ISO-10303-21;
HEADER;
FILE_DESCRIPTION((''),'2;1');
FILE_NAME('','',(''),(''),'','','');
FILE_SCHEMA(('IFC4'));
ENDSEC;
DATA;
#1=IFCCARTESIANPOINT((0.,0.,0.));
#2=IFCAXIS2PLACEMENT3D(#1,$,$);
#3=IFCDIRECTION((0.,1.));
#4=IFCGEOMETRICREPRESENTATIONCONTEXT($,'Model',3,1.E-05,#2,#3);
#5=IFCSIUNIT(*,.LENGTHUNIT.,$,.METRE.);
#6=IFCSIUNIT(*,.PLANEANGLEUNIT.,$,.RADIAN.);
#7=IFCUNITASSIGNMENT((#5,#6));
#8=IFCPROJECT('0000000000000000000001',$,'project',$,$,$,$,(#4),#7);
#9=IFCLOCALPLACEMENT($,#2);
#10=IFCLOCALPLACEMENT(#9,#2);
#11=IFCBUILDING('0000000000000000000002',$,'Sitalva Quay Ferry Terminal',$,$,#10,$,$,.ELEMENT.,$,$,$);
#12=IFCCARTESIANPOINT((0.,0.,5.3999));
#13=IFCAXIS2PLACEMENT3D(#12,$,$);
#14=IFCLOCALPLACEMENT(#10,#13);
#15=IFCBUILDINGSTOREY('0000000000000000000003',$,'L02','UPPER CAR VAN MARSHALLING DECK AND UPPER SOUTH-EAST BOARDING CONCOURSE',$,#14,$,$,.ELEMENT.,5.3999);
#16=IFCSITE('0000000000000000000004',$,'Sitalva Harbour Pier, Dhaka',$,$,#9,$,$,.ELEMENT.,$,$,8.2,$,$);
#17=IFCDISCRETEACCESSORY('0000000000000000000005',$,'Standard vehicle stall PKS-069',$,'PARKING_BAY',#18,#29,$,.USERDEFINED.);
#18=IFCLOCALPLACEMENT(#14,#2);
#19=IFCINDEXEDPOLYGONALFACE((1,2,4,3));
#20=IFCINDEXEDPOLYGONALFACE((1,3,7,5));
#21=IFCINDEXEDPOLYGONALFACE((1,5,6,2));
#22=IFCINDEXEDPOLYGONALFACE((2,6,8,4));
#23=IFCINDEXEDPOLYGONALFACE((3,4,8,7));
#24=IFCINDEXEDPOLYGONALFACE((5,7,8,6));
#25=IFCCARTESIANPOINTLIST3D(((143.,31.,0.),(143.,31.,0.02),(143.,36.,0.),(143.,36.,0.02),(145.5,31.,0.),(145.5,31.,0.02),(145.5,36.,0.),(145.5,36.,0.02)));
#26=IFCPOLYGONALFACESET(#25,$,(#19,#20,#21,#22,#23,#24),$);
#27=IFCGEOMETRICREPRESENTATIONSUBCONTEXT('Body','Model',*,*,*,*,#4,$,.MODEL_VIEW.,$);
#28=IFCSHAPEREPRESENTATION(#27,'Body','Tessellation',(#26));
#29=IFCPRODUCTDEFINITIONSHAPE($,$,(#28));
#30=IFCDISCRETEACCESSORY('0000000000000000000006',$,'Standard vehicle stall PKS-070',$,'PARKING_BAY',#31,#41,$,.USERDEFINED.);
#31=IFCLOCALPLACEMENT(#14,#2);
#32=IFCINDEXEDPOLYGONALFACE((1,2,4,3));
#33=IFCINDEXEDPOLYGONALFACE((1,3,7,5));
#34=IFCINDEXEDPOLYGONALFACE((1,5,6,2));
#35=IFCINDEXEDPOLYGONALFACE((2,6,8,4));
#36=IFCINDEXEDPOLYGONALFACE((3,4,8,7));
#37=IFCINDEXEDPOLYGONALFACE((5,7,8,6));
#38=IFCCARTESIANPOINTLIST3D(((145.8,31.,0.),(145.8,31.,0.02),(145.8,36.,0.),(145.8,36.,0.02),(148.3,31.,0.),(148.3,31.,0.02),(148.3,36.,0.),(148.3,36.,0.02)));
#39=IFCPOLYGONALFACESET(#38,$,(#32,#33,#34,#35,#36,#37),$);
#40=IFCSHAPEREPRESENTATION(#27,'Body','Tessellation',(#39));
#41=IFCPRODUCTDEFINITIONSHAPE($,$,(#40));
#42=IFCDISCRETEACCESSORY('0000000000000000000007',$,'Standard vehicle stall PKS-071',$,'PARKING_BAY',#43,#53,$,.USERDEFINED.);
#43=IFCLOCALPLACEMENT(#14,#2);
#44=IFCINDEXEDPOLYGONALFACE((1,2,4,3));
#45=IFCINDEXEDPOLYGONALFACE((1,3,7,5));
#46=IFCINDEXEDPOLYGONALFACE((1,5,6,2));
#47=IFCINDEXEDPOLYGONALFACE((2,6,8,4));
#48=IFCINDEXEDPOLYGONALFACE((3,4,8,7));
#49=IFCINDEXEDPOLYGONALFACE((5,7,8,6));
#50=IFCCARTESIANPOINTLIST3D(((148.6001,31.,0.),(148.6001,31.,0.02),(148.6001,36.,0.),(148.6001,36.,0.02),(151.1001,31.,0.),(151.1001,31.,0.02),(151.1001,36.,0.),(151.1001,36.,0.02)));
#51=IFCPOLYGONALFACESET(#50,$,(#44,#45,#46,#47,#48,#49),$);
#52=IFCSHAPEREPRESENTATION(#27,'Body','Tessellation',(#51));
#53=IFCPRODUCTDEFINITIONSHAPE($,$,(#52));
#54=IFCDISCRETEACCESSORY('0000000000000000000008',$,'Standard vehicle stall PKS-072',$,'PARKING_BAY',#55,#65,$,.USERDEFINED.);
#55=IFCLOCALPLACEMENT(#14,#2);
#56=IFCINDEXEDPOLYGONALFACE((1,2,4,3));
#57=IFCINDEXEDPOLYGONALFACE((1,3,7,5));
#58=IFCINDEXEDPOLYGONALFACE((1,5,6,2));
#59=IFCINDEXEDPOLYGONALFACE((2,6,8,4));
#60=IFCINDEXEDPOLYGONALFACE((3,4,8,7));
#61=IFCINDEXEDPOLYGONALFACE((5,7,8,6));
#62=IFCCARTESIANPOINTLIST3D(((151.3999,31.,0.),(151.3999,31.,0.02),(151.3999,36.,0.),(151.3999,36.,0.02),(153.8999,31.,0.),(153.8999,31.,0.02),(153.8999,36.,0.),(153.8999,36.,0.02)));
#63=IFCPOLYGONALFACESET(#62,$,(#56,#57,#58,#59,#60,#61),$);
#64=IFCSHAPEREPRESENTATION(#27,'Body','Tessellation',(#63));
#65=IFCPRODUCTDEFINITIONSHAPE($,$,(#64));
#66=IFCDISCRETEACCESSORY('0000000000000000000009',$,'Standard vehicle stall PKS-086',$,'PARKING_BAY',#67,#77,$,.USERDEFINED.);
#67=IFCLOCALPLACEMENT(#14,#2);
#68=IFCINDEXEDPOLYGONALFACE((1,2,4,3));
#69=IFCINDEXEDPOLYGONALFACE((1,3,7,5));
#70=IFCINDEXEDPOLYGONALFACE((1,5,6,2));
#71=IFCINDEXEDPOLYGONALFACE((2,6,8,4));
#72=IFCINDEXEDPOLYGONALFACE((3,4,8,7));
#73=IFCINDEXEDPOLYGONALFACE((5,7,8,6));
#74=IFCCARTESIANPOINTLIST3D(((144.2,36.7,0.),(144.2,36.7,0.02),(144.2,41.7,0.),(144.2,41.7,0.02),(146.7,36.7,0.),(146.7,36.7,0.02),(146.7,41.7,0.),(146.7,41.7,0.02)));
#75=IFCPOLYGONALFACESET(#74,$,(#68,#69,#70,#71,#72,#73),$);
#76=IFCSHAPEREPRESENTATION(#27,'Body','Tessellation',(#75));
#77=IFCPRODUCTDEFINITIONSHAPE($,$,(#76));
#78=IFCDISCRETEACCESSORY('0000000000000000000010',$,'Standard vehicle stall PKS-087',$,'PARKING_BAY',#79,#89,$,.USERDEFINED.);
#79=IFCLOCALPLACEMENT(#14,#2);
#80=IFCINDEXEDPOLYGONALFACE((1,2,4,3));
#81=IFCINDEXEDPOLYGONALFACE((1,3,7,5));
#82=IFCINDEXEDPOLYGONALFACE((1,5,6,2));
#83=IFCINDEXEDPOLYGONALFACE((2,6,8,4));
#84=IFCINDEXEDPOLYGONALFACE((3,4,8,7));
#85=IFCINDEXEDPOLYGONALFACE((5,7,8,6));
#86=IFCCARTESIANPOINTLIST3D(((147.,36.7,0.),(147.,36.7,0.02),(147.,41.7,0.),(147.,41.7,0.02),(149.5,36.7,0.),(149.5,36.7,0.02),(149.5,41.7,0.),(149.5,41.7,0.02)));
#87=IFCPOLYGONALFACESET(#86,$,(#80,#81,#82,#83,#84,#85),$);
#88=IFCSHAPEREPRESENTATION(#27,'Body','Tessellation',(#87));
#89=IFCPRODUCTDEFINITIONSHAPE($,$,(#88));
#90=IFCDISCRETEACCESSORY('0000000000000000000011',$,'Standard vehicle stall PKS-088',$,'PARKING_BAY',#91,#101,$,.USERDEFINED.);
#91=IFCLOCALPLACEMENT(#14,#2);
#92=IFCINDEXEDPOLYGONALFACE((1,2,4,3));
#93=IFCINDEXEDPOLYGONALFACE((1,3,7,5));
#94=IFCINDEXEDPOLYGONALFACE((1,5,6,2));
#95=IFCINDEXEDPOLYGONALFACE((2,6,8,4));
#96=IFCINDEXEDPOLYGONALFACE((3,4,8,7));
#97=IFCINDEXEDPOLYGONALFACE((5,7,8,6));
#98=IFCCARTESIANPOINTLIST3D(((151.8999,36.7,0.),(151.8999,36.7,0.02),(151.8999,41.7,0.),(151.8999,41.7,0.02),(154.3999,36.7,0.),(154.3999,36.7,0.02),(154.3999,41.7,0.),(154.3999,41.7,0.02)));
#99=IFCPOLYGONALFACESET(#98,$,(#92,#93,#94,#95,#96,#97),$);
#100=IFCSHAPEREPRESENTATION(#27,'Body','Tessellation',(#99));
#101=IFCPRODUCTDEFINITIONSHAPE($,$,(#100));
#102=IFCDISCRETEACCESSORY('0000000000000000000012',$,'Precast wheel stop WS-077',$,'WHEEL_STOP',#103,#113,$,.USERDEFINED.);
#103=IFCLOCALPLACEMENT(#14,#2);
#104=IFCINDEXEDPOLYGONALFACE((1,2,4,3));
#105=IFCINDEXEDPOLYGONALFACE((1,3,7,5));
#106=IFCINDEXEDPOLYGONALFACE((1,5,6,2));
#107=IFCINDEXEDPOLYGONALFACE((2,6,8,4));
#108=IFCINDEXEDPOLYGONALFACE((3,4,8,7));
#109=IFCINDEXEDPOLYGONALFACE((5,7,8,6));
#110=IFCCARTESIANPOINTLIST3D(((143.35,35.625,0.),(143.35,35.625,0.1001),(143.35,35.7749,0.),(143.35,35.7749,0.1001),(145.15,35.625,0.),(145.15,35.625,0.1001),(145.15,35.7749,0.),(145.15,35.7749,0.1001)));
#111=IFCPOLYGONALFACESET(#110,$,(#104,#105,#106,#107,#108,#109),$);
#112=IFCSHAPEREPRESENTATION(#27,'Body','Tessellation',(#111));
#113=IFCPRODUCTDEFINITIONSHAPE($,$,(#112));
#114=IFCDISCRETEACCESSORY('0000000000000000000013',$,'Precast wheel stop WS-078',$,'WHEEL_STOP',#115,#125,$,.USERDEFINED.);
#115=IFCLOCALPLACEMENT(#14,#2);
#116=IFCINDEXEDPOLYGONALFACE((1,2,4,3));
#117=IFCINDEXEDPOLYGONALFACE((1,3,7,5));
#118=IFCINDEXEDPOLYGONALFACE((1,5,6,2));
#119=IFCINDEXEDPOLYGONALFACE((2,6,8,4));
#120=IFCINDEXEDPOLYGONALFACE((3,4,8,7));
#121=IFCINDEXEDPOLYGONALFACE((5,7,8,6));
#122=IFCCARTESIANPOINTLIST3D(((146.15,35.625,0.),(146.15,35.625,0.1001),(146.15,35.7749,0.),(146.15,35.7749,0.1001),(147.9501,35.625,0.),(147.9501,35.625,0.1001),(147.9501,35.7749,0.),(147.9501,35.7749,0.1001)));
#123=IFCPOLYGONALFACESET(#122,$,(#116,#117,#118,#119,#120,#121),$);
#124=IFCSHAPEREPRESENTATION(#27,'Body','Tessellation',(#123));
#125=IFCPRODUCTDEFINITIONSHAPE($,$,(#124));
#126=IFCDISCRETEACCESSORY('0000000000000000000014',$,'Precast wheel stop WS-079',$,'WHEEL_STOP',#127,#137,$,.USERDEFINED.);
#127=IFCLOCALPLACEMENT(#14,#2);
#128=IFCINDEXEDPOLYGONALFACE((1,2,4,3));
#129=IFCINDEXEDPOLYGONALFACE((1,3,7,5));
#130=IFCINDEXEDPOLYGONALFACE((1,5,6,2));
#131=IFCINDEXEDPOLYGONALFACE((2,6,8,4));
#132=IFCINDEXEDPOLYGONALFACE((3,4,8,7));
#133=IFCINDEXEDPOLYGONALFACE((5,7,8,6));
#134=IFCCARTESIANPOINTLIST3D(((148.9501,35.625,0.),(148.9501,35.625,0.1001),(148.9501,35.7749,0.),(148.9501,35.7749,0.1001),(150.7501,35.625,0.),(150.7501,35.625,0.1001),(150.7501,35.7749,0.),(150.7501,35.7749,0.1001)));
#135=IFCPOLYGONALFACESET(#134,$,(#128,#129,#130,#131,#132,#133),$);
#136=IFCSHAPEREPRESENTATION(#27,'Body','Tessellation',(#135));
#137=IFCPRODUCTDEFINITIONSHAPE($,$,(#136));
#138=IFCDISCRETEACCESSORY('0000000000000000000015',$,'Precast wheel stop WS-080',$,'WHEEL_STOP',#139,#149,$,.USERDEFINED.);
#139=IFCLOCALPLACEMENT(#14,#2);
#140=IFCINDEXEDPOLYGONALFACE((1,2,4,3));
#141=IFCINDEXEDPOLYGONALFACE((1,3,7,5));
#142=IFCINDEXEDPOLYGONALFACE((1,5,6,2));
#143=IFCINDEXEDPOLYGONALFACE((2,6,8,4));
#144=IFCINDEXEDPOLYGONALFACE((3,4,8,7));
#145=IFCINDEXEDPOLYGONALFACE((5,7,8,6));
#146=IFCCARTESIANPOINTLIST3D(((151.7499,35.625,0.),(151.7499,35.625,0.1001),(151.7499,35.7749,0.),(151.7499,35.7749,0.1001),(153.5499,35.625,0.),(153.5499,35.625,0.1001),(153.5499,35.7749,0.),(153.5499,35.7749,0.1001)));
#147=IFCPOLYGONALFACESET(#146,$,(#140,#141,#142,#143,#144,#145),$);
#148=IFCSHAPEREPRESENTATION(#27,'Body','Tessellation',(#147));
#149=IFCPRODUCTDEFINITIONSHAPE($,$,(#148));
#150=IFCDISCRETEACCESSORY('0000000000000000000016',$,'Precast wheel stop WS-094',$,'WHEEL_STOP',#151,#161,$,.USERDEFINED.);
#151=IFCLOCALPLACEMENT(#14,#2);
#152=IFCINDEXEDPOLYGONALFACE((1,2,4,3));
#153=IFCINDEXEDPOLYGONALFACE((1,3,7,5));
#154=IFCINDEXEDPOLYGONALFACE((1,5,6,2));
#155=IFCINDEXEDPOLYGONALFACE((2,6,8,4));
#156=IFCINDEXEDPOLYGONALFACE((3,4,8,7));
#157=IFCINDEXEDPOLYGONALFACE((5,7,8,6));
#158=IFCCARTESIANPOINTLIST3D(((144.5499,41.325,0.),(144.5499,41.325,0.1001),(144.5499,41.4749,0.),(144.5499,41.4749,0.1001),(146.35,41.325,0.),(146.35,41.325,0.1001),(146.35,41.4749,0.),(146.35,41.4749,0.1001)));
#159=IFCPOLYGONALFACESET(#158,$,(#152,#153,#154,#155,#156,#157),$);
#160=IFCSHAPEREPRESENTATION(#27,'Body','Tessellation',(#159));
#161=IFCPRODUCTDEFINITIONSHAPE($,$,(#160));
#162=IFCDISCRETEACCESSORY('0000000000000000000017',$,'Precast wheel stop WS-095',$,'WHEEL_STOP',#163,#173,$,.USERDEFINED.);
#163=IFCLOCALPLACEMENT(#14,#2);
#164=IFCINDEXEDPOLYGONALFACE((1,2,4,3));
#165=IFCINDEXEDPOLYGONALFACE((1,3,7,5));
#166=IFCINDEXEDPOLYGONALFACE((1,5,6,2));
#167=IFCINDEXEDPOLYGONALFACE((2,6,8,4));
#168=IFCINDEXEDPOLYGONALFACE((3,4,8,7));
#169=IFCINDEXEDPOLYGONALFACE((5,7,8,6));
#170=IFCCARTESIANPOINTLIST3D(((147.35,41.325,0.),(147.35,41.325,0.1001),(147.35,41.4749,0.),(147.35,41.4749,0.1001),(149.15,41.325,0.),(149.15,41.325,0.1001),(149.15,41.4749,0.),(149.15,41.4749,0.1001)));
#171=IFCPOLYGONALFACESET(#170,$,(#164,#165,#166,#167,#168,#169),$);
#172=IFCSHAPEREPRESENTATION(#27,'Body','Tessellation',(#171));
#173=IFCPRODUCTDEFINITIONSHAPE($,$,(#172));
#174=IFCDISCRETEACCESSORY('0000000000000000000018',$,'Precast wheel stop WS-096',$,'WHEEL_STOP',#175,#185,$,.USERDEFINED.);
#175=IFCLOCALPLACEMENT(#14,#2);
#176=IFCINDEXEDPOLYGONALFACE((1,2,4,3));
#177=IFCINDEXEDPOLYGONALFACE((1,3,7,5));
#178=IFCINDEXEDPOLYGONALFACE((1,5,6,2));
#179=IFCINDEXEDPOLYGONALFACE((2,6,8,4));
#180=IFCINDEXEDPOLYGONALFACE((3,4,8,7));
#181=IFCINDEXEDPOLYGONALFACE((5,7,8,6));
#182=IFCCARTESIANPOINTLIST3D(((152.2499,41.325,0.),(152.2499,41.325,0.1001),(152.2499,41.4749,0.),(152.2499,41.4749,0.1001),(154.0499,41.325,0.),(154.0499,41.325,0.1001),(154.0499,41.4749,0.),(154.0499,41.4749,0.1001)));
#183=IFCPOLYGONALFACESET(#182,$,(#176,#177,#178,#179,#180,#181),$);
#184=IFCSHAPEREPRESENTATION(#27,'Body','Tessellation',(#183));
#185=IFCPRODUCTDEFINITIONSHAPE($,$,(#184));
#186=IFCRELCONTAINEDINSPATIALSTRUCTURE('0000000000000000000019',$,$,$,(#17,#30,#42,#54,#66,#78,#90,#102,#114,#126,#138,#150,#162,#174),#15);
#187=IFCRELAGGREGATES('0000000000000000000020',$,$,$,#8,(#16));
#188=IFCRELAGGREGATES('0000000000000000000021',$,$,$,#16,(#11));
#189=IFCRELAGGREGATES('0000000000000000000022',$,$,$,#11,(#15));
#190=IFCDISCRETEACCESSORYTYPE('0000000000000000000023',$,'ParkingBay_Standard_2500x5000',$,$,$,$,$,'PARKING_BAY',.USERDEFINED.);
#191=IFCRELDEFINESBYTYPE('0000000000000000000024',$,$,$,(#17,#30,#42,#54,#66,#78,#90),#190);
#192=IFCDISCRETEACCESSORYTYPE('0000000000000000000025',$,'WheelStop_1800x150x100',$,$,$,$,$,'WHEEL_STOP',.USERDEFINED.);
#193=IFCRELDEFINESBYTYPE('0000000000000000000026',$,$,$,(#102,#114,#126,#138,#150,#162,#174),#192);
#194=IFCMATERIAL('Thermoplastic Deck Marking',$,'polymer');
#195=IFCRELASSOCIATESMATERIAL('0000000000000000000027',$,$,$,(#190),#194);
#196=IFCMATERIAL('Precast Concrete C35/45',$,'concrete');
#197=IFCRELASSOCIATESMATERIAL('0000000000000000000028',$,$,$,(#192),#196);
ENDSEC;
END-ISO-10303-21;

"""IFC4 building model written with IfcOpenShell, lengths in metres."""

from ifc_helpers import new_model, si_unit, direction, frame, origin, origin_2d, place, context, subcontext, project, spatial, rectangle, extrude, material, type_object, element, save


model = new_model("IFC4")

# Units and contexts
model_context = context("Model", 3, precision=1e-05, world=origin(), true_north=direction((0.0, 1.0)))
body_context = subcontext(model_context, "Body", "Model", "MODEL_VIEW")
ifc_project = project(units=[si_unit("LENGTHUNIT", "METRE"), si_unit("PLANEANGLEUNIT", "RADIAN")], contexts=[model_context])

# Site, building, storey
site_placement = place(None, origin())
site = spatial("IfcSite", under=ifc_project, at=site_placement, Name="Sitalva Harbour Pier, Dhaka", CompositionType="ELEMENT", RefElevation=8.2)
building_placement = place(site_placement, origin())
building = spatial("IfcBuilding", under=site, at=building_placement, Name="Sitalva Quay Ferry Terminal", CompositionType="ELEMENT")
storey_placement = place(building_placement, frame((0.0, 0.0, 5.3999)))
storey = spatial("IfcBuildingStorey", under=building, at=storey_placement, Name="L02", Description="UPPER CAR VAN MARSHALLING DECK AND UPPER SOUTH-EAST BOARDING CONCOURSE", CompositionType="ELEMENT", Elevation=5.3999)

# Discrete accessories
ifc_material_1 = material(Name="Thermoplastic Deck Marking", Category="polymer")
discrete_accessory_type_1 = type_object("IfcDiscreteAccessoryType", Name="ParkingBay_Standard_2500x5000", ElementType="PARKING_BAY", PredefinedType="USERDEFINED", material=ifc_material_1)
for number, where, z_axis, x_axis, name in (
    (1, (144.25, 33.5, 0.0), (0.0, 0.0, 1.0), (1.0, 0.0, 0.0), "Standard vehicle stall PKS-069"),
    (2, (147.05, 33.5, 0.0), (0.0, 0.0, 1.0), (1.0, 0.0, 0.0), "Standard vehicle stall PKS-070"),
    (3, (149.8501, 33.5, 0.0), (0.0, 0.0, 1.0), (1.0, 0.0, 0.0), "Standard vehicle stall PKS-071"),
    (4, (152.6499, 33.5, 0.0), (0.0, 0.0, 1.0), (1.0, 0.0, 0.0), "Standard vehicle stall PKS-072"),
    (5, (145.45, 39.2, 0.0), (0.0, 0.0, 1.0), (1.0, 0.0, 0.0), "Standard vehicle stall PKS-086"),
    (6, (148.25, 39.2, 0.0), (0.0, 0.0, 1.0), (1.0, 0.0, 0.0), "Standard vehicle stall PKS-087"),
    (7, (153.1499, 39.2, 0.0), (0.0, 0.0, 1.0), (1.0, 0.0, 0.0), "Standard vehicle stall PKS-088"),
):
    element("IfcDiscreteAccessory", number, at=place(storey_placement, frame(where, z_axis=z_axis, x_axis=x_axis)), inside=storey, type_object=discrete_accessory_type_1, Name=name, ObjectType="PARKING_BAY", PredefinedType="USERDEFINED", context=body_context, shape_type="SweptSolid", body=[
        extrude(rectangle(XDim=2.5, YDim=5.0, at=origin_2d()), origin(), (0.0, 0.0, 1.0), 0.02),
    ])
ifc_material_2 = material(Name="Precast Concrete C35/45", Category="concrete")
discrete_accessory_type_2 = type_object("IfcDiscreteAccessoryType", Name="WheelStop_1800x150x100", ElementType="WHEEL_STOP", PredefinedType="USERDEFINED", material=ifc_material_2)
for number, where, z_axis, x_axis, name in (
    (8, (144.25, 35.7, 0.0), (0.0, 0.0, 1.0), (1.0, 0.0, 0.0), "Precast wheel stop WS-077"),
    (9, (147.05, 35.7, 0.0), (0.0, 0.0, 1.0), (1.0, 0.0, 0.0), "Precast wheel stop WS-078"),
    (10, (149.8501, 35.7, 0.0), (0.0, 0.0, 1.0), (1.0, 0.0, 0.0), "Precast wheel stop WS-079"),
    (11, (152.6499, 35.7, 0.0), (0.0, 0.0, 1.0), (1.0, 0.0, 0.0), "Precast wheel stop WS-080"),
    (12, (145.45, 41.3999, 0.0), (0.0, 0.0, 1.0), (1.0, 0.0, 0.0), "Precast wheel stop WS-094"),
    (13, (148.25, 41.3999, 0.0), (0.0, 0.0, 1.0), (1.0, 0.0, 0.0), "Precast wheel stop WS-095"),
    (14, (153.1499, 41.3999, 0.0), (0.0, 0.0, 1.0), (1.0, 0.0, 0.0), "Precast wheel stop WS-096"),
):
    element("IfcDiscreteAccessory", number, at=place(storey_placement, frame(where, z_axis=z_axis, x_axis=x_axis)), inside=storey, type_object=discrete_accessory_type_2, Name=name, ObjectType="WHEEL_STOP", PredefinedType="USERDEFINED", context=body_context, shape_type="SweptSolid", body=[
        extrude(rectangle(XDim=1.8, YDim=0.1499, at=origin_2d()), origin(), (0.0, 0.0, 1.0), 0.1001),
    ])

save(model, "model.ifc")
